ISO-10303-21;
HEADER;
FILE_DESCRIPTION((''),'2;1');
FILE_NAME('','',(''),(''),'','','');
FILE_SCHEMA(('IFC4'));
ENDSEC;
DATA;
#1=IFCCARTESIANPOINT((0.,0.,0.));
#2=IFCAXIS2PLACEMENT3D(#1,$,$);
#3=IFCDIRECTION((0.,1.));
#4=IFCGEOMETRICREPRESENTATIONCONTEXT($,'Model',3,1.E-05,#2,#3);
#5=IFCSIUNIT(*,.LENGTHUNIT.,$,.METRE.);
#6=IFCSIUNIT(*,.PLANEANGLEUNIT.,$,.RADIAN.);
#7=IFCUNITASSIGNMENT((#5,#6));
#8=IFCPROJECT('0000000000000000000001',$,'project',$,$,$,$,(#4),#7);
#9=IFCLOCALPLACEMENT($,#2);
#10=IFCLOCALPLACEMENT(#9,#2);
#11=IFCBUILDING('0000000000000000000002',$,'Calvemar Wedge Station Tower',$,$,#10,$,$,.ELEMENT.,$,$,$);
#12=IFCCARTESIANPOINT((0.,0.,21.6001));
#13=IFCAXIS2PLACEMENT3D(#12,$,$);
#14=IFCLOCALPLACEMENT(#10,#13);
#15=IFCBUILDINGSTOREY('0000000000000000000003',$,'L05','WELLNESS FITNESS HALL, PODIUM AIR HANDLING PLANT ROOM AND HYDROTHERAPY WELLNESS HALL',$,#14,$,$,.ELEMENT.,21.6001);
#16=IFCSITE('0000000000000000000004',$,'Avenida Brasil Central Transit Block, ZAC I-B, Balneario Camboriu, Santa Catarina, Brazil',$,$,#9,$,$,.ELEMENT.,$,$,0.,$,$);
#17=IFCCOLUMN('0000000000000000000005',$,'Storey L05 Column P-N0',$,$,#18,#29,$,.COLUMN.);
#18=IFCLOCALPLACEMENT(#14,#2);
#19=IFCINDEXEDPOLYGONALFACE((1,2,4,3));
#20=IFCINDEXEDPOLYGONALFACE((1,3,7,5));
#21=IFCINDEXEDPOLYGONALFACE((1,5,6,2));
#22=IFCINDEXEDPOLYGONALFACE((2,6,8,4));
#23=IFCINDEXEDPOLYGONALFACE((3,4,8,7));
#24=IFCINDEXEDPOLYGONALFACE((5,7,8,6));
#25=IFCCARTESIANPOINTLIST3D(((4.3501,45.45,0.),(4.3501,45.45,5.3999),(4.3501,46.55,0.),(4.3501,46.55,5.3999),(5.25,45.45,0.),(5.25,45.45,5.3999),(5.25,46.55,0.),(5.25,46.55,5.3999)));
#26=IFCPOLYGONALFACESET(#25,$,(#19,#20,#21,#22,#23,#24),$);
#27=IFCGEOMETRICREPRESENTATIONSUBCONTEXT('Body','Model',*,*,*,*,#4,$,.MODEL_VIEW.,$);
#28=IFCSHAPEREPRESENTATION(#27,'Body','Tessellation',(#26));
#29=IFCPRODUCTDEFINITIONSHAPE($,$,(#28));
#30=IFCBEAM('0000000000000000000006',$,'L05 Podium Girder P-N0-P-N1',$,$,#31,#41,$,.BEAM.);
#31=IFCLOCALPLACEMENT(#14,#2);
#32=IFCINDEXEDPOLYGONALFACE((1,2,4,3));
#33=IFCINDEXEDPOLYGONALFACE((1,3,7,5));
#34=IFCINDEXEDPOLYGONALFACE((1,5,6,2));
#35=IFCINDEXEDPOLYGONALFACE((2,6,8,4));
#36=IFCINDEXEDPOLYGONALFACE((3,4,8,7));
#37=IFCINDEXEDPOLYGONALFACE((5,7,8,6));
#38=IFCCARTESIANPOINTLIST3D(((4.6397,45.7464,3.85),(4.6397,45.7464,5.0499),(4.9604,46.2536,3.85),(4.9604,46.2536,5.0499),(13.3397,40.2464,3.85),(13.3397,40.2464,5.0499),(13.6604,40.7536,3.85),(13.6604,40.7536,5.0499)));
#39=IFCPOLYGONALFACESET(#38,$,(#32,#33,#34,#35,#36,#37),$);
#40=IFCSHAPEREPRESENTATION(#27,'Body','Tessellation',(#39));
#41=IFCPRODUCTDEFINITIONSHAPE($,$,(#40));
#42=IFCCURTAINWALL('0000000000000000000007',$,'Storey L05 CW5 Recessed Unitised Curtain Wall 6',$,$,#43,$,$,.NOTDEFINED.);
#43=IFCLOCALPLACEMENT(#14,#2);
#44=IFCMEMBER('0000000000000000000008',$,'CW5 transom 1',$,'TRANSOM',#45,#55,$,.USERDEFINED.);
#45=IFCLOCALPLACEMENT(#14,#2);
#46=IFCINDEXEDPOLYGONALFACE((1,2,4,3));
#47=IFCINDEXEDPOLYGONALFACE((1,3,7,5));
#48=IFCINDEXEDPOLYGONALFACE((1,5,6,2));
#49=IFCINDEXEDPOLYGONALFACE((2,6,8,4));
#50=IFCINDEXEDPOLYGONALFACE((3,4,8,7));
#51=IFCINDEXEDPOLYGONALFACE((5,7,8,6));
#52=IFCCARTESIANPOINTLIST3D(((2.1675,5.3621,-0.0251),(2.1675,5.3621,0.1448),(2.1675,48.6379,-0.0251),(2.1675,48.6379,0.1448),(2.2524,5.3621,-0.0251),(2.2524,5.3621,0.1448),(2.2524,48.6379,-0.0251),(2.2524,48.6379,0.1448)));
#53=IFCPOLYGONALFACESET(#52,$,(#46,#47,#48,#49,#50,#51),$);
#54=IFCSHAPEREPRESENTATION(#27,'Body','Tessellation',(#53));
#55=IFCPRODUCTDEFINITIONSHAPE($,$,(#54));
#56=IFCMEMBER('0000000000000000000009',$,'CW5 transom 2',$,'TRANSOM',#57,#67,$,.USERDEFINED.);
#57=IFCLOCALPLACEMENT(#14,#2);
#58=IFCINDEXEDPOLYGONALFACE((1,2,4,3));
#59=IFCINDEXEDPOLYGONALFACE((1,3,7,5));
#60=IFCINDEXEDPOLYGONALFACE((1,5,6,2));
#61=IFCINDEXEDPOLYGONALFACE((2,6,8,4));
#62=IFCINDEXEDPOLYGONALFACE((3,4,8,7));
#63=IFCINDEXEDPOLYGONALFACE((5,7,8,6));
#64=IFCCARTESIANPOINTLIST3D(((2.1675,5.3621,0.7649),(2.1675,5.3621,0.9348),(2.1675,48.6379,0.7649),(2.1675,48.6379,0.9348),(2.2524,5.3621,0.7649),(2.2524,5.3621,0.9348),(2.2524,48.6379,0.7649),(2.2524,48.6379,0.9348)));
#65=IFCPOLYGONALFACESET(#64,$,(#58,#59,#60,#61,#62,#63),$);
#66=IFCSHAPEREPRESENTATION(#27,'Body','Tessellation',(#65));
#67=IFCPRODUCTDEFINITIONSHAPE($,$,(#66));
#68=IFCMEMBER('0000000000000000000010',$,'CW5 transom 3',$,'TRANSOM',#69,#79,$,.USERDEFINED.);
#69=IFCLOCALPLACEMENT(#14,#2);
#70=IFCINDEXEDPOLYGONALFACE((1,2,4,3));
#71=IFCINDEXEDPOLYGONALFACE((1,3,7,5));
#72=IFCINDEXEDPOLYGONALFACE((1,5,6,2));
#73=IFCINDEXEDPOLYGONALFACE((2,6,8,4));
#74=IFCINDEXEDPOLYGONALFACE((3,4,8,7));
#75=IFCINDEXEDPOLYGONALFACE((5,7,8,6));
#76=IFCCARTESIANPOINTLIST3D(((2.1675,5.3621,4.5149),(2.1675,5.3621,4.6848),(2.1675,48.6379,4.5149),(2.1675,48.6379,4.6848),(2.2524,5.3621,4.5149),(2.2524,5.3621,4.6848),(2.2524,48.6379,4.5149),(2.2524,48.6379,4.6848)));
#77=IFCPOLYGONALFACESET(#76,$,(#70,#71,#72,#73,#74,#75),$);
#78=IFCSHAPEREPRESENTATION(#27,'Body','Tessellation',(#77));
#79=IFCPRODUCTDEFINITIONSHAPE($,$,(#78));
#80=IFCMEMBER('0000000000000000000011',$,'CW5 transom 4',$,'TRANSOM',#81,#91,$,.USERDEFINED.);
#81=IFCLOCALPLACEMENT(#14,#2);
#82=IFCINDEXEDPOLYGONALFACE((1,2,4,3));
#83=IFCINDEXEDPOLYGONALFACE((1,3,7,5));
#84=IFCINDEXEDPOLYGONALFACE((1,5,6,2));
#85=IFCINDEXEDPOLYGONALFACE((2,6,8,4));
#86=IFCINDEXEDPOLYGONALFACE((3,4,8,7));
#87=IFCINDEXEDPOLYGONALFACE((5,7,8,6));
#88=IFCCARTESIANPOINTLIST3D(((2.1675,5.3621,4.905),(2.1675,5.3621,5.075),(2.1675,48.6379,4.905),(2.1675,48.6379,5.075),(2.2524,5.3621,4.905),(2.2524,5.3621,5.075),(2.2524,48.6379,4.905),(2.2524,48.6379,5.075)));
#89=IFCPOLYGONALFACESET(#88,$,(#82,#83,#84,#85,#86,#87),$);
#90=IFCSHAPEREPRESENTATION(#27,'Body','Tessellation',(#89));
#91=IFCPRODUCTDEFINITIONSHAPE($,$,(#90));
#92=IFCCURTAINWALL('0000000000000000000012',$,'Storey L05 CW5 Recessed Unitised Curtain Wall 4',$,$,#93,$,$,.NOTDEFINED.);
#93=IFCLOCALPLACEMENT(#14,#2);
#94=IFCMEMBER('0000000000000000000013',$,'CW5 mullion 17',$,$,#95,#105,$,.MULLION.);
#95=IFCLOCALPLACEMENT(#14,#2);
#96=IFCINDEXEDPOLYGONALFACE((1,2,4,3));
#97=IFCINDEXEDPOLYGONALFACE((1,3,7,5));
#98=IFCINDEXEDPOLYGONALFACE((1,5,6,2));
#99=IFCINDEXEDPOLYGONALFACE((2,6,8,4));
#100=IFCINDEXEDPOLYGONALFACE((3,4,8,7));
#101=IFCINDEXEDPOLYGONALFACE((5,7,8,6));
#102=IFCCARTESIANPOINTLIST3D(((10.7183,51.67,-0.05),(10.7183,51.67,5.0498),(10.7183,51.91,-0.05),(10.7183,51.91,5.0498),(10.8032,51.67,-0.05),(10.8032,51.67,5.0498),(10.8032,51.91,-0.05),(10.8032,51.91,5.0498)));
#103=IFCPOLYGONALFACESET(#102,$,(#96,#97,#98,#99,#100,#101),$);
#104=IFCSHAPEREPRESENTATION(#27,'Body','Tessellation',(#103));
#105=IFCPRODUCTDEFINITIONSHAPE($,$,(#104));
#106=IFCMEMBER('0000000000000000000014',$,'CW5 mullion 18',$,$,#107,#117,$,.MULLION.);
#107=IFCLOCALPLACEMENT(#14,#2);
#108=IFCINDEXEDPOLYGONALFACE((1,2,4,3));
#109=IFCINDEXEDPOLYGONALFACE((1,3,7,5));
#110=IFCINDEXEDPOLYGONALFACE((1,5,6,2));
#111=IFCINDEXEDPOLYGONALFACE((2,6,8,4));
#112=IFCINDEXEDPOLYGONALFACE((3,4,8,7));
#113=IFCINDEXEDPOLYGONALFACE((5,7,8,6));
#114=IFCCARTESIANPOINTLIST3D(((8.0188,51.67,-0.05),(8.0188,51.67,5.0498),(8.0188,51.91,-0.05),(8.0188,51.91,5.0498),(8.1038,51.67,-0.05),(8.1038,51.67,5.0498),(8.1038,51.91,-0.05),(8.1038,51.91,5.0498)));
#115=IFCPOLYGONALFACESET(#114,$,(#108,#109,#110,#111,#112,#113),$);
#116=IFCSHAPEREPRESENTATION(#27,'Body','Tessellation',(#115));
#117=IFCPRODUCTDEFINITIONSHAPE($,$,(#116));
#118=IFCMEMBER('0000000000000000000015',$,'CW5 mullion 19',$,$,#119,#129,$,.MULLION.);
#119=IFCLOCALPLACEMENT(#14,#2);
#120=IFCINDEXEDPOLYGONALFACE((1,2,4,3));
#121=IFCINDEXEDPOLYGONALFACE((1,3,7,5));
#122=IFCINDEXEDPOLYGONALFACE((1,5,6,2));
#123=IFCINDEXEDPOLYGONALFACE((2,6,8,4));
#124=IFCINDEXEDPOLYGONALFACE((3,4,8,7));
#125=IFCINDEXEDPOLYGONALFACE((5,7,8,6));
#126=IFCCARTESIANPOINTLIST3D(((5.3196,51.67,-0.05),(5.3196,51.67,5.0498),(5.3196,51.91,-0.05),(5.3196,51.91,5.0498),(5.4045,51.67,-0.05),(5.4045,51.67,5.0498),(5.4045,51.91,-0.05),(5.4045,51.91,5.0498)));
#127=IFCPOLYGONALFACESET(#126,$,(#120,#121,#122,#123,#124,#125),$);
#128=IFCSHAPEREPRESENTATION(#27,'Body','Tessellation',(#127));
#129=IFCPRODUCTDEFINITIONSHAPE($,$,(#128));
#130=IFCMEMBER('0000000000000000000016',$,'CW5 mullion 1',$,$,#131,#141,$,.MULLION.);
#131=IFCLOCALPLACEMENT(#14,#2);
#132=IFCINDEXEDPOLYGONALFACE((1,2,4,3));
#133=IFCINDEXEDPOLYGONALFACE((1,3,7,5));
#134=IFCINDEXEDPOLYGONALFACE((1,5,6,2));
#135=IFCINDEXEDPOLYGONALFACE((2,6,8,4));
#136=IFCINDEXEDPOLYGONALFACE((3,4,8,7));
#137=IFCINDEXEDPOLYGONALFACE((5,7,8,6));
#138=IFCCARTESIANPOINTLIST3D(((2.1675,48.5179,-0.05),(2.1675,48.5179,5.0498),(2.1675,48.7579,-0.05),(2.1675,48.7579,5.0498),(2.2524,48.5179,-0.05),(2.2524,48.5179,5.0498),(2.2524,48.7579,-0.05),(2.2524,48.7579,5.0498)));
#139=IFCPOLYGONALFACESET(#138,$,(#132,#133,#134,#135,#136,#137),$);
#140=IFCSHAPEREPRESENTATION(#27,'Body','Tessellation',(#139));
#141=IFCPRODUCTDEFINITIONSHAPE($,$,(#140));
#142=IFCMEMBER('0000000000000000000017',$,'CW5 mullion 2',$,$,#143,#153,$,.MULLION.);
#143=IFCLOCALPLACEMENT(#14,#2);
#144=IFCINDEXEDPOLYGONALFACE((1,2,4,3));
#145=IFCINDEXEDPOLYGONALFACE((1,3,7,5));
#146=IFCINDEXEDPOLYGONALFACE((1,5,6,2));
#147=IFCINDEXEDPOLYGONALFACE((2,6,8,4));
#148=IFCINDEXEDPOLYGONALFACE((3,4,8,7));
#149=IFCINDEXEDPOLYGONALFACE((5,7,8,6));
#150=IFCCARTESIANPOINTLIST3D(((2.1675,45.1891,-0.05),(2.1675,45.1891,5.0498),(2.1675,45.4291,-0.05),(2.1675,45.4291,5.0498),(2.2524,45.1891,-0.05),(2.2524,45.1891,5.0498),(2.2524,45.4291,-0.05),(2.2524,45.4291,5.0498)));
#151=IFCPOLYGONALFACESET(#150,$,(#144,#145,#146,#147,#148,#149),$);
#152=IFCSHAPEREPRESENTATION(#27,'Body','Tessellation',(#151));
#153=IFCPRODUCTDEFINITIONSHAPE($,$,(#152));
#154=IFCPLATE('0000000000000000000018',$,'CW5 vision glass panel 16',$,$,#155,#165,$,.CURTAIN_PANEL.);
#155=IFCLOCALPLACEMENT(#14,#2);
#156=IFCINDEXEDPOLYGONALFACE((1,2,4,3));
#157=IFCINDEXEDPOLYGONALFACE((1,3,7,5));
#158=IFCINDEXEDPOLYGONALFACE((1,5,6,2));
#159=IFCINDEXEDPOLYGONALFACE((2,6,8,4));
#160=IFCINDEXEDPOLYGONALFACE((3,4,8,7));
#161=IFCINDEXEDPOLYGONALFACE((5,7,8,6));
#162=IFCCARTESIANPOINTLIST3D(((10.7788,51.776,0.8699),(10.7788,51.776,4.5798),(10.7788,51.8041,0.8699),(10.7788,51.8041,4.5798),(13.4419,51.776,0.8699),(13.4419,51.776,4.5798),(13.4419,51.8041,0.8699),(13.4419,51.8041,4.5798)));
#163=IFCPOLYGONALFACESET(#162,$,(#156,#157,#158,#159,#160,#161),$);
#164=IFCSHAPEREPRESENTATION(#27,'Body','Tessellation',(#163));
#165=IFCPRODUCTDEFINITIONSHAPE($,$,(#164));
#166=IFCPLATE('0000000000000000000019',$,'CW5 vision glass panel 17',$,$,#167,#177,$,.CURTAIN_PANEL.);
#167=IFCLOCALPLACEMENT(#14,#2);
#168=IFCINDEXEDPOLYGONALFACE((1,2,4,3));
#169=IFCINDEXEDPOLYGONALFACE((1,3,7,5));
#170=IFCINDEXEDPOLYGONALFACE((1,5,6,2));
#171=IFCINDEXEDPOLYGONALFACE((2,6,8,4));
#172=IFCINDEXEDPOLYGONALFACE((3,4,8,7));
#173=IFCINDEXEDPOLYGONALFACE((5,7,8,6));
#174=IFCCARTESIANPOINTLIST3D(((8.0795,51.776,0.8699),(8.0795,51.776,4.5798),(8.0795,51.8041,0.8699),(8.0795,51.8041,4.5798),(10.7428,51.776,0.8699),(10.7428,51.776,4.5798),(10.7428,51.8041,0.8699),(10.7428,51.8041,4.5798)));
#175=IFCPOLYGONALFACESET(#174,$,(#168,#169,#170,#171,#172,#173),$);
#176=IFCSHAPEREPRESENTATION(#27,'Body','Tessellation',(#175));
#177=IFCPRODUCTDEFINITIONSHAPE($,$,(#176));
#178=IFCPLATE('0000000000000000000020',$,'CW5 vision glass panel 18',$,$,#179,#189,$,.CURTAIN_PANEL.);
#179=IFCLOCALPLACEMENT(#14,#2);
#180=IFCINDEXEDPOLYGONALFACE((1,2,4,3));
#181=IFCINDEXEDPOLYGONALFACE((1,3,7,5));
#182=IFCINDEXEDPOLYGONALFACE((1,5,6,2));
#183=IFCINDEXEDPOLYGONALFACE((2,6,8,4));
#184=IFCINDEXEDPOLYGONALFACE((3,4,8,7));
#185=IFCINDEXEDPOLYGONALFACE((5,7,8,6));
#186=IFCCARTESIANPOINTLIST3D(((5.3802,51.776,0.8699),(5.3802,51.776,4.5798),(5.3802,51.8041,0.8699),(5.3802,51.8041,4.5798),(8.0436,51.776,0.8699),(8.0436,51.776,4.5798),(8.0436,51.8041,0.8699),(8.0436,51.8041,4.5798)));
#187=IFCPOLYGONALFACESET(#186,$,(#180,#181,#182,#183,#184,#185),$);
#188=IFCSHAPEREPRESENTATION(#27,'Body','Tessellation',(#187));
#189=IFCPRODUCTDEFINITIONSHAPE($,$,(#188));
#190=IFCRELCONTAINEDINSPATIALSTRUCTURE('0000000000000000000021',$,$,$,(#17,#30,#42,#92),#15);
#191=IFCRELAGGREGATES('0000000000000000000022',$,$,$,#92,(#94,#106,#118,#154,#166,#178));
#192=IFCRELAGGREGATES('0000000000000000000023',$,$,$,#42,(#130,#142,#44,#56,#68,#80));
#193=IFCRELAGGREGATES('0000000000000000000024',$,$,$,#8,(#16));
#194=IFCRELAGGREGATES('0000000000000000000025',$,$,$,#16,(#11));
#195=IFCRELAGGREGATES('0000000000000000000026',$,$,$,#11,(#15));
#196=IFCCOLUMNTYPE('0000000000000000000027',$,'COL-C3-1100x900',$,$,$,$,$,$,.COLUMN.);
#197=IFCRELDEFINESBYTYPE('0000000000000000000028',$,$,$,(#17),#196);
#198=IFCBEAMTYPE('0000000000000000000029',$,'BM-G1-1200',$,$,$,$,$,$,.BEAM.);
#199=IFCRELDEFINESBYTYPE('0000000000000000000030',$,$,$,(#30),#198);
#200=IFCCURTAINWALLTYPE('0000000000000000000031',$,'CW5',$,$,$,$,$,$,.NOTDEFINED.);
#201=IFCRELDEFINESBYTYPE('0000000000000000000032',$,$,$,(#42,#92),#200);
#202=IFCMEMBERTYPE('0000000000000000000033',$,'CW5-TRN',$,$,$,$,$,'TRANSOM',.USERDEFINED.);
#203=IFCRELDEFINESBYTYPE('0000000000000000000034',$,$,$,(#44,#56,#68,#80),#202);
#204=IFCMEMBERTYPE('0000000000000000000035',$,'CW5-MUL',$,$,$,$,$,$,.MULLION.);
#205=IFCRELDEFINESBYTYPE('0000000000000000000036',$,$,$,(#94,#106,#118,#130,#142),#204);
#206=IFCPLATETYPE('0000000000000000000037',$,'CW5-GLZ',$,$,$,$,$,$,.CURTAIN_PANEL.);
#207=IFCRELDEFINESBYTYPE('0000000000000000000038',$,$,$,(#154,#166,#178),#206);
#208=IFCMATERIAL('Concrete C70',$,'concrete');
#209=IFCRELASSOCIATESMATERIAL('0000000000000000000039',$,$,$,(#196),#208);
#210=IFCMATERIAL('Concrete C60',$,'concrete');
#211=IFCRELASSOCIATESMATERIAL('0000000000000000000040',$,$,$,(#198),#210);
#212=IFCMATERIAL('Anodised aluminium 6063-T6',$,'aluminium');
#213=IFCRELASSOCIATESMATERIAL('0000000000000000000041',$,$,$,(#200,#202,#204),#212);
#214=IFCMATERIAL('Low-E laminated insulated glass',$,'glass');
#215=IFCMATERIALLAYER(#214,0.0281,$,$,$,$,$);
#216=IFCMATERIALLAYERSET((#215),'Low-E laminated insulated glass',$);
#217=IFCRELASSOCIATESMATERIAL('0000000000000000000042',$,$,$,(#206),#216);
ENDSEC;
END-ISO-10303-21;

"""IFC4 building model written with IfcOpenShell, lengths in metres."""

from ifc_helpers import new_model, si_unit, direction, frame, frame_2d, origin, origin_2d, place, context, subcontext, project, spatial, rectangle, extrude, source, transform, mapped, material, layer, layer_set, material_profile, profile_set, type_object, element, aggregate, save


model = new_model("IFC4")

# Units and contexts
model_context = context("Model", 3, precision=1e-05, world=origin(), true_north=direction((0.0, 1.0)))
body_context = subcontext(model_context, "Body", "Model", "MODEL_VIEW")
ifc_project = project(units=[si_unit("LENGTHUNIT", "METRE"), si_unit("PLANEANGLEUNIT", "RADIAN")], contexts=[model_context])

# Site, building, storey
site_placement = place(None, origin())
site = spatial("IfcSite", under=ifc_project, at=site_placement, Name="Avenida Brasil Central Transit Block, ZAC I-B, Balneario Camboriu, Santa Catarina, Brazil", CompositionType="ELEMENT", RefElevation=0.0)
building_placement = place(site_placement, origin())
building = spatial("IfcBuilding", under=site, at=building_placement, Name="Calvemar Wedge Station Tower", CompositionType="ELEMENT")
storey_placement = place(building_placement, frame((0.0, 0.0, 21.6001)))
storey = spatial("IfcBuildingStorey", under=building, at=storey_placement, Name="L05", Description="WELLNESS FITNESS HALL, PODIUM AIR HANDLING PLANT ROOM AND HYDROTHERAPY WELLNESS HALL", CompositionType="ELEMENT", Elevation=21.6001)

# Column
ifc_material_1 = material(Name="Concrete C70", Category="concrete")
ifc_material_profile_1 = material_profile(ifc_material_1, rectangle(XDim=0.8999, YDim=1.1001, at=origin_2d()), Name="RC1100x900")
ifc_profile_set_1 = profile_set([ifc_material_profile_1], Name="Concrete C70")
column_type = type_object("IfcColumnType", Name="COL-C3-1100x900", PredefinedType="COLUMN", material=ifc_profile_set_1)
shared_shape_1 = source(origin(), body_context, "Body", "SweptSolid", [
    extrude(rectangle(XDim=0.8999, YDim=1.1001, at=origin_2d()), origin(), (0.0, 0.0, 1.0), 5.3999),
])
column_placement = place(storey_placement, frame((4.8, 46.0, 0.0), z_axis=(0.0, 0.0, 1.0), x_axis=(1.0, 0.0, 0.0)))
element("IfcColumn", 1, at=column_placement, inside=storey, type_object=column_type, Name="Storey L05 Column P-N0", PredefinedType="COLUMN", context=body_context, shape_type="MappedRepresentation", body=[
    mapped(shared_shape_1, transform((0.0, 0.0, 0.0), scale=1.0)),
])

# Beam
ifc_material_2 = material(Name="Concrete C60", Category="concrete")
ifc_material_profile_2 = material_profile(ifc_material_2, rectangle(XDim=0.6001, YDim=1.2, at=origin_2d()), Name="RC600x1200")
ifc_profile_set_2 = profile_set([ifc_material_profile_2], Name="Concrete C60")
beam_type = type_object("IfcBeamType", Name="BM-G1-1200", PredefinedType="BEAM", material=ifc_profile_set_2)
shared_shape_2 = source(origin(), body_context, "Body", "SweptSolid", [
    extrude(rectangle(XDim=0.6001, YDim=1.2, at=origin_2d()), origin(), (0.0, 0.0, 1.0), 10.2927),
])
beam_placement = place(storey_placement, frame((4.8, 46.0, 4.45), z_axis=(0.845257, -0.534361, 0.0), x_axis=(0.534361, 0.845257, 0.0)))
element("IfcBeam", 2, at=beam_placement, inside=storey, type_object=beam_type, Name="L05 Podium Girder P-N0-P-N1", PredefinedType="BEAM", context=body_context, shape_type="MappedRepresentation", body=[
    mapped(shared_shape_2, transform((0.0, 0.0, 0.0), scale=1.0)),
])

# Curtain walls, members
ifc_material_3 = material(Name="Anodised aluminium 6063-T6", Category="aluminium")
curtain_wall_type = type_object("IfcCurtainWallType", Name="CW5", PredefinedType="NOTDEFINED", material=ifc_material_3)
curtain_wall_1_placement = place(storey_placement, origin())
curtain_wall_1 = element("IfcCurtainWall", 3, at=curtain_wall_1_placement, inside=storey, type_object=curtain_wall_type, Name="Storey L05 CW5 Recessed Unitised Curtain Wall 6", PredefinedType="NOTDEFINED")
ifc_material_profile_3 = material_profile(ifc_material_3, rectangle(XDim=0.085, YDim=0.1699, at=origin_2d()), Name="AL-TRN-85x170")
ifc_profile_set_3 = profile_set([ifc_material_profile_3], Name="Anodised aluminium 6063-T6")
member_type_1 = type_object("IfcMemberType", Name="CW5-TRN", ElementType="TRANSOM", PredefinedType="USERDEFINED", material=ifc_profile_set_3)
shared_shape_3 = source(origin(), body_context, "Body", "SweptSolid", [
    extrude(rectangle(XDim=0.085, YDim=0.1699, at=origin_2d()), origin(), (0.0, 0.0, 1.0), 43.2759),
])
member_1_placement = place(storey_placement, frame((2.21, 48.6379, 0.0598), z_axis=(0.0, -1.0, 0.0), x_axis=(1.0, 0.0, 0.0)))
member_1 = element("IfcMember", 4, at=member_1_placement, type_object=member_type_1, Name="CW5 transom 1", ObjectType="TRANSOM", PredefinedType="USERDEFINED", context=body_context, shape_type="MappedRepresentation", body=[
    mapped(shared_shape_3, transform((0.0, 0.0, 0.0), scale=1.0)),
])
member_2_placement = place(storey_placement, frame((2.21, 48.6379, 0.8499), z_axis=(0.0, -1.0, 0.0), x_axis=(1.0, 0.0, 0.0)))
member_2 = element("IfcMember", 5, at=member_2_placement, type_object=member_type_1, Name="CW5 transom 2", ObjectType="TRANSOM", PredefinedType="USERDEFINED", context=body_context, shape_type="MappedRepresentation", body=[
    mapped(shared_shape_3, transform((0.0, 0.0, 0.0), scale=1.0)),
])
member_3_placement = place(storey_placement, frame((2.21, 48.6379, 4.5999), z_axis=(0.0, -1.0, 0.0), x_axis=(1.0, 0.0, 0.0)))
member_3 = element("IfcMember", 6, at=member_3_placement, type_object=member_type_1, Name="CW5 transom 3", ObjectType="TRANSOM", PredefinedType="USERDEFINED", context=body_context, shape_type="MappedRepresentation", body=[
    mapped(shared_shape_3, transform((0.0, 0.0, 0.0), scale=1.0)),
])
member_4_placement = place(storey_placement, frame((2.21, 48.6379, 4.99), z_axis=(0.0, -1.0, 0.0), x_axis=(1.0, 0.0, 0.0)))
member_4 = element("IfcMember", 7, at=member_4_placement, type_object=member_type_1, Name="CW5 transom 4", ObjectType="TRANSOM", PredefinedType="USERDEFINED", context=body_context, shape_type="MappedRepresentation", body=[
    mapped(shared_shape_3, transform((0.0, 0.0, 0.0), scale=1.0)),
])
curtain_wall_2_placement = place(storey_placement, origin())
curtain_wall_2 = element("IfcCurtainWall", 8, at=curtain_wall_2_placement, inside=storey, type_object=curtain_wall_type, Name="Storey L05 CW5 Recessed Unitised Curtain Wall 4", PredefinedType="NOTDEFINED")
ifc_material_profile_4 = material_profile(ifc_material_3, rectangle(XDim=0.085, YDim=0.24, at=origin_2d()), Name="AL-MUL-85x240")
ifc_profile_set_4 = profile_set([ifc_material_profile_4], Name="Anodised aluminium 6063-T6")
member_type_2 = type_object("IfcMemberType", Name="CW5-MUL", PredefinedType="MULLION", material=ifc_profile_set_4)
shared_shape_4 = source(origin(), body_context, "Body", "SweptSolid", [
    extrude(rectangle(XDim=0.085, YDim=0.24, at=origin_2d()), origin(), (0.0, 0.0, 1.0), 5.0999),
])
member_5_placement = place(storey_placement, frame((10.7607, 51.79, -0.05), z_axis=(0.0, 0.0, 1.0), x_axis=(1.0, 0.0, 0.0)))
member_5 = element("IfcMember", 9, at=member_5_placement, type_object=member_type_2, Name="CW5 mullion 17", PredefinedType="MULLION", context=body_context, shape_type="MappedRepresentation", body=[
    mapped(shared_shape_4, transform((0.0, 0.0, 0.0), scale=1.0)),
])
member_6_placement = place(storey_placement, frame((8.0613, 51.79, -0.05), z_axis=(0.0, 0.0, 1.0), x_axis=(1.0, 0.0, 0.0)))
member_6 = element("IfcMember", 10, at=member_6_placement, type_object=member_type_2, Name="CW5 mullion 18", PredefinedType="MULLION", context=body_context, shape_type="MappedRepresentation", body=[
    mapped(shared_shape_4, transform((0.0, 0.0, 0.0), scale=1.0)),
])
member_7_placement = place(storey_placement, frame((5.3621, 51.79, -0.05), z_axis=(0.0, 0.0, 1.0), x_axis=(1.0, 0.0, 0.0)))
member_7 = element("IfcMember", 11, at=member_7_placement, type_object=member_type_2, Name="CW5 mullion 19", PredefinedType="MULLION", context=body_context, shape_type="MappedRepresentation", body=[
    mapped(shared_shape_4, transform((0.0, 0.0, 0.0), scale=1.0)),
])

# Members
member_8_placement = place(storey_placement, frame((2.21, 48.6379, -0.05), z_axis=(0.0, 0.0, 1.0), x_axis=(1.0, 0.0, 0.0)))
member_8 = element("IfcMember", 12, at=member_8_placement, type_object=member_type_2, Name="CW5 mullion 1", PredefinedType="MULLION", context=body_context, shape_type="MappedRepresentation", body=[
    mapped(shared_shape_4, transform((0.0, 0.0, 0.0), scale=1.0)),
])
member_9_placement = place(storey_placement, frame((2.21, 45.3091, -0.05), z_axis=(0.0, 0.0, 1.0), x_axis=(1.0, 0.0, 0.0)))
member_9 = element("IfcMember", 13, at=member_9_placement, type_object=member_type_2, Name="CW5 mullion 2", PredefinedType="MULLION", context=body_context, shape_type="MappedRepresentation", body=[
    mapped(shared_shape_4, transform((0.0, 0.0, 0.0), scale=1.0)),
])

# Plates
ifc_material_4 = material(Name="Low-E laminated insulated glass", Category="glass")
ifc_layer_1 = layer(ifc_material_4, 0.0281)
ifc_layer_set_1 = layer_set([ifc_layer_1], Name="Low-E laminated insulated glass")
plate_type_1 = type_object("IfcPlateType", Name="CW5-GLZ", PredefinedType="CURTAIN_PANEL", material=ifc_layer_set_1)
plate_1_placement = place(storey_placement, frame((13.4419, 51.79, 0.8699), z_axis=(0.0, 0.0, 1.0), x_axis=(-1.0, 0.0, 0.0)))
plate_1 = element("IfcPlate", 14, at=plate_1_placement, type_object=plate_type_1, Name="CW5 vision glass panel 16", PredefinedType="CURTAIN_PANEL", context=body_context, shape_type="SweptSolid", body=[
    extrude(rectangle(XDim=2.6631, YDim=0.0281, at=frame_2d((1.3315, 0.0))), origin(), (0.0, 0.0, 1.0), 3.71),
])
plate_2_placement = place(storey_placement, frame((10.7427, 51.79, 0.8699), z_axis=(0.0, 0.0, 1.0), x_axis=(-1.0, 0.0, 0.0)))
plate_2 = element("IfcPlate", 15, at=plate_2_placement, type_object=plate_type_1, Name="CW5 vision glass panel 17", PredefinedType="CURTAIN_PANEL", context=body_context, shape_type="SweptSolid", body=[
    extrude(rectangle(XDim=2.6633, YDim=0.0281, at=frame_2d((1.3315, 0.0))), origin(), (0.0, 0.0, 1.0), 3.71),
])
plate_3_placement = place(storey_placement, frame((8.0435, 51.79, 0.8699), z_axis=(0.0, 0.0, 1.0), x_axis=(-1.0, 0.0, 0.0)))
plate_3 = element("IfcPlate", 16, at=plate_3_placement, type_object=plate_type_1, Name="CW5 vision glass panel 18", PredefinedType="CURTAIN_PANEL", context=body_context, shape_type="SweptSolid", body=[
    extrude(rectangle(XDim=2.6633, YDim=0.0281, at=frame_2d((1.3315, 0.0))), origin(), (0.0, 0.0, 1.0), 3.71),
])
aggregate(curtain_wall_2, [member_5, member_6, member_7, plate_1, plate_2, plate_3])
aggregate(curtain_wall_1, [member_8, member_9, member_1, member_2, member_3, member_4])

save(model, "model.ifc")
